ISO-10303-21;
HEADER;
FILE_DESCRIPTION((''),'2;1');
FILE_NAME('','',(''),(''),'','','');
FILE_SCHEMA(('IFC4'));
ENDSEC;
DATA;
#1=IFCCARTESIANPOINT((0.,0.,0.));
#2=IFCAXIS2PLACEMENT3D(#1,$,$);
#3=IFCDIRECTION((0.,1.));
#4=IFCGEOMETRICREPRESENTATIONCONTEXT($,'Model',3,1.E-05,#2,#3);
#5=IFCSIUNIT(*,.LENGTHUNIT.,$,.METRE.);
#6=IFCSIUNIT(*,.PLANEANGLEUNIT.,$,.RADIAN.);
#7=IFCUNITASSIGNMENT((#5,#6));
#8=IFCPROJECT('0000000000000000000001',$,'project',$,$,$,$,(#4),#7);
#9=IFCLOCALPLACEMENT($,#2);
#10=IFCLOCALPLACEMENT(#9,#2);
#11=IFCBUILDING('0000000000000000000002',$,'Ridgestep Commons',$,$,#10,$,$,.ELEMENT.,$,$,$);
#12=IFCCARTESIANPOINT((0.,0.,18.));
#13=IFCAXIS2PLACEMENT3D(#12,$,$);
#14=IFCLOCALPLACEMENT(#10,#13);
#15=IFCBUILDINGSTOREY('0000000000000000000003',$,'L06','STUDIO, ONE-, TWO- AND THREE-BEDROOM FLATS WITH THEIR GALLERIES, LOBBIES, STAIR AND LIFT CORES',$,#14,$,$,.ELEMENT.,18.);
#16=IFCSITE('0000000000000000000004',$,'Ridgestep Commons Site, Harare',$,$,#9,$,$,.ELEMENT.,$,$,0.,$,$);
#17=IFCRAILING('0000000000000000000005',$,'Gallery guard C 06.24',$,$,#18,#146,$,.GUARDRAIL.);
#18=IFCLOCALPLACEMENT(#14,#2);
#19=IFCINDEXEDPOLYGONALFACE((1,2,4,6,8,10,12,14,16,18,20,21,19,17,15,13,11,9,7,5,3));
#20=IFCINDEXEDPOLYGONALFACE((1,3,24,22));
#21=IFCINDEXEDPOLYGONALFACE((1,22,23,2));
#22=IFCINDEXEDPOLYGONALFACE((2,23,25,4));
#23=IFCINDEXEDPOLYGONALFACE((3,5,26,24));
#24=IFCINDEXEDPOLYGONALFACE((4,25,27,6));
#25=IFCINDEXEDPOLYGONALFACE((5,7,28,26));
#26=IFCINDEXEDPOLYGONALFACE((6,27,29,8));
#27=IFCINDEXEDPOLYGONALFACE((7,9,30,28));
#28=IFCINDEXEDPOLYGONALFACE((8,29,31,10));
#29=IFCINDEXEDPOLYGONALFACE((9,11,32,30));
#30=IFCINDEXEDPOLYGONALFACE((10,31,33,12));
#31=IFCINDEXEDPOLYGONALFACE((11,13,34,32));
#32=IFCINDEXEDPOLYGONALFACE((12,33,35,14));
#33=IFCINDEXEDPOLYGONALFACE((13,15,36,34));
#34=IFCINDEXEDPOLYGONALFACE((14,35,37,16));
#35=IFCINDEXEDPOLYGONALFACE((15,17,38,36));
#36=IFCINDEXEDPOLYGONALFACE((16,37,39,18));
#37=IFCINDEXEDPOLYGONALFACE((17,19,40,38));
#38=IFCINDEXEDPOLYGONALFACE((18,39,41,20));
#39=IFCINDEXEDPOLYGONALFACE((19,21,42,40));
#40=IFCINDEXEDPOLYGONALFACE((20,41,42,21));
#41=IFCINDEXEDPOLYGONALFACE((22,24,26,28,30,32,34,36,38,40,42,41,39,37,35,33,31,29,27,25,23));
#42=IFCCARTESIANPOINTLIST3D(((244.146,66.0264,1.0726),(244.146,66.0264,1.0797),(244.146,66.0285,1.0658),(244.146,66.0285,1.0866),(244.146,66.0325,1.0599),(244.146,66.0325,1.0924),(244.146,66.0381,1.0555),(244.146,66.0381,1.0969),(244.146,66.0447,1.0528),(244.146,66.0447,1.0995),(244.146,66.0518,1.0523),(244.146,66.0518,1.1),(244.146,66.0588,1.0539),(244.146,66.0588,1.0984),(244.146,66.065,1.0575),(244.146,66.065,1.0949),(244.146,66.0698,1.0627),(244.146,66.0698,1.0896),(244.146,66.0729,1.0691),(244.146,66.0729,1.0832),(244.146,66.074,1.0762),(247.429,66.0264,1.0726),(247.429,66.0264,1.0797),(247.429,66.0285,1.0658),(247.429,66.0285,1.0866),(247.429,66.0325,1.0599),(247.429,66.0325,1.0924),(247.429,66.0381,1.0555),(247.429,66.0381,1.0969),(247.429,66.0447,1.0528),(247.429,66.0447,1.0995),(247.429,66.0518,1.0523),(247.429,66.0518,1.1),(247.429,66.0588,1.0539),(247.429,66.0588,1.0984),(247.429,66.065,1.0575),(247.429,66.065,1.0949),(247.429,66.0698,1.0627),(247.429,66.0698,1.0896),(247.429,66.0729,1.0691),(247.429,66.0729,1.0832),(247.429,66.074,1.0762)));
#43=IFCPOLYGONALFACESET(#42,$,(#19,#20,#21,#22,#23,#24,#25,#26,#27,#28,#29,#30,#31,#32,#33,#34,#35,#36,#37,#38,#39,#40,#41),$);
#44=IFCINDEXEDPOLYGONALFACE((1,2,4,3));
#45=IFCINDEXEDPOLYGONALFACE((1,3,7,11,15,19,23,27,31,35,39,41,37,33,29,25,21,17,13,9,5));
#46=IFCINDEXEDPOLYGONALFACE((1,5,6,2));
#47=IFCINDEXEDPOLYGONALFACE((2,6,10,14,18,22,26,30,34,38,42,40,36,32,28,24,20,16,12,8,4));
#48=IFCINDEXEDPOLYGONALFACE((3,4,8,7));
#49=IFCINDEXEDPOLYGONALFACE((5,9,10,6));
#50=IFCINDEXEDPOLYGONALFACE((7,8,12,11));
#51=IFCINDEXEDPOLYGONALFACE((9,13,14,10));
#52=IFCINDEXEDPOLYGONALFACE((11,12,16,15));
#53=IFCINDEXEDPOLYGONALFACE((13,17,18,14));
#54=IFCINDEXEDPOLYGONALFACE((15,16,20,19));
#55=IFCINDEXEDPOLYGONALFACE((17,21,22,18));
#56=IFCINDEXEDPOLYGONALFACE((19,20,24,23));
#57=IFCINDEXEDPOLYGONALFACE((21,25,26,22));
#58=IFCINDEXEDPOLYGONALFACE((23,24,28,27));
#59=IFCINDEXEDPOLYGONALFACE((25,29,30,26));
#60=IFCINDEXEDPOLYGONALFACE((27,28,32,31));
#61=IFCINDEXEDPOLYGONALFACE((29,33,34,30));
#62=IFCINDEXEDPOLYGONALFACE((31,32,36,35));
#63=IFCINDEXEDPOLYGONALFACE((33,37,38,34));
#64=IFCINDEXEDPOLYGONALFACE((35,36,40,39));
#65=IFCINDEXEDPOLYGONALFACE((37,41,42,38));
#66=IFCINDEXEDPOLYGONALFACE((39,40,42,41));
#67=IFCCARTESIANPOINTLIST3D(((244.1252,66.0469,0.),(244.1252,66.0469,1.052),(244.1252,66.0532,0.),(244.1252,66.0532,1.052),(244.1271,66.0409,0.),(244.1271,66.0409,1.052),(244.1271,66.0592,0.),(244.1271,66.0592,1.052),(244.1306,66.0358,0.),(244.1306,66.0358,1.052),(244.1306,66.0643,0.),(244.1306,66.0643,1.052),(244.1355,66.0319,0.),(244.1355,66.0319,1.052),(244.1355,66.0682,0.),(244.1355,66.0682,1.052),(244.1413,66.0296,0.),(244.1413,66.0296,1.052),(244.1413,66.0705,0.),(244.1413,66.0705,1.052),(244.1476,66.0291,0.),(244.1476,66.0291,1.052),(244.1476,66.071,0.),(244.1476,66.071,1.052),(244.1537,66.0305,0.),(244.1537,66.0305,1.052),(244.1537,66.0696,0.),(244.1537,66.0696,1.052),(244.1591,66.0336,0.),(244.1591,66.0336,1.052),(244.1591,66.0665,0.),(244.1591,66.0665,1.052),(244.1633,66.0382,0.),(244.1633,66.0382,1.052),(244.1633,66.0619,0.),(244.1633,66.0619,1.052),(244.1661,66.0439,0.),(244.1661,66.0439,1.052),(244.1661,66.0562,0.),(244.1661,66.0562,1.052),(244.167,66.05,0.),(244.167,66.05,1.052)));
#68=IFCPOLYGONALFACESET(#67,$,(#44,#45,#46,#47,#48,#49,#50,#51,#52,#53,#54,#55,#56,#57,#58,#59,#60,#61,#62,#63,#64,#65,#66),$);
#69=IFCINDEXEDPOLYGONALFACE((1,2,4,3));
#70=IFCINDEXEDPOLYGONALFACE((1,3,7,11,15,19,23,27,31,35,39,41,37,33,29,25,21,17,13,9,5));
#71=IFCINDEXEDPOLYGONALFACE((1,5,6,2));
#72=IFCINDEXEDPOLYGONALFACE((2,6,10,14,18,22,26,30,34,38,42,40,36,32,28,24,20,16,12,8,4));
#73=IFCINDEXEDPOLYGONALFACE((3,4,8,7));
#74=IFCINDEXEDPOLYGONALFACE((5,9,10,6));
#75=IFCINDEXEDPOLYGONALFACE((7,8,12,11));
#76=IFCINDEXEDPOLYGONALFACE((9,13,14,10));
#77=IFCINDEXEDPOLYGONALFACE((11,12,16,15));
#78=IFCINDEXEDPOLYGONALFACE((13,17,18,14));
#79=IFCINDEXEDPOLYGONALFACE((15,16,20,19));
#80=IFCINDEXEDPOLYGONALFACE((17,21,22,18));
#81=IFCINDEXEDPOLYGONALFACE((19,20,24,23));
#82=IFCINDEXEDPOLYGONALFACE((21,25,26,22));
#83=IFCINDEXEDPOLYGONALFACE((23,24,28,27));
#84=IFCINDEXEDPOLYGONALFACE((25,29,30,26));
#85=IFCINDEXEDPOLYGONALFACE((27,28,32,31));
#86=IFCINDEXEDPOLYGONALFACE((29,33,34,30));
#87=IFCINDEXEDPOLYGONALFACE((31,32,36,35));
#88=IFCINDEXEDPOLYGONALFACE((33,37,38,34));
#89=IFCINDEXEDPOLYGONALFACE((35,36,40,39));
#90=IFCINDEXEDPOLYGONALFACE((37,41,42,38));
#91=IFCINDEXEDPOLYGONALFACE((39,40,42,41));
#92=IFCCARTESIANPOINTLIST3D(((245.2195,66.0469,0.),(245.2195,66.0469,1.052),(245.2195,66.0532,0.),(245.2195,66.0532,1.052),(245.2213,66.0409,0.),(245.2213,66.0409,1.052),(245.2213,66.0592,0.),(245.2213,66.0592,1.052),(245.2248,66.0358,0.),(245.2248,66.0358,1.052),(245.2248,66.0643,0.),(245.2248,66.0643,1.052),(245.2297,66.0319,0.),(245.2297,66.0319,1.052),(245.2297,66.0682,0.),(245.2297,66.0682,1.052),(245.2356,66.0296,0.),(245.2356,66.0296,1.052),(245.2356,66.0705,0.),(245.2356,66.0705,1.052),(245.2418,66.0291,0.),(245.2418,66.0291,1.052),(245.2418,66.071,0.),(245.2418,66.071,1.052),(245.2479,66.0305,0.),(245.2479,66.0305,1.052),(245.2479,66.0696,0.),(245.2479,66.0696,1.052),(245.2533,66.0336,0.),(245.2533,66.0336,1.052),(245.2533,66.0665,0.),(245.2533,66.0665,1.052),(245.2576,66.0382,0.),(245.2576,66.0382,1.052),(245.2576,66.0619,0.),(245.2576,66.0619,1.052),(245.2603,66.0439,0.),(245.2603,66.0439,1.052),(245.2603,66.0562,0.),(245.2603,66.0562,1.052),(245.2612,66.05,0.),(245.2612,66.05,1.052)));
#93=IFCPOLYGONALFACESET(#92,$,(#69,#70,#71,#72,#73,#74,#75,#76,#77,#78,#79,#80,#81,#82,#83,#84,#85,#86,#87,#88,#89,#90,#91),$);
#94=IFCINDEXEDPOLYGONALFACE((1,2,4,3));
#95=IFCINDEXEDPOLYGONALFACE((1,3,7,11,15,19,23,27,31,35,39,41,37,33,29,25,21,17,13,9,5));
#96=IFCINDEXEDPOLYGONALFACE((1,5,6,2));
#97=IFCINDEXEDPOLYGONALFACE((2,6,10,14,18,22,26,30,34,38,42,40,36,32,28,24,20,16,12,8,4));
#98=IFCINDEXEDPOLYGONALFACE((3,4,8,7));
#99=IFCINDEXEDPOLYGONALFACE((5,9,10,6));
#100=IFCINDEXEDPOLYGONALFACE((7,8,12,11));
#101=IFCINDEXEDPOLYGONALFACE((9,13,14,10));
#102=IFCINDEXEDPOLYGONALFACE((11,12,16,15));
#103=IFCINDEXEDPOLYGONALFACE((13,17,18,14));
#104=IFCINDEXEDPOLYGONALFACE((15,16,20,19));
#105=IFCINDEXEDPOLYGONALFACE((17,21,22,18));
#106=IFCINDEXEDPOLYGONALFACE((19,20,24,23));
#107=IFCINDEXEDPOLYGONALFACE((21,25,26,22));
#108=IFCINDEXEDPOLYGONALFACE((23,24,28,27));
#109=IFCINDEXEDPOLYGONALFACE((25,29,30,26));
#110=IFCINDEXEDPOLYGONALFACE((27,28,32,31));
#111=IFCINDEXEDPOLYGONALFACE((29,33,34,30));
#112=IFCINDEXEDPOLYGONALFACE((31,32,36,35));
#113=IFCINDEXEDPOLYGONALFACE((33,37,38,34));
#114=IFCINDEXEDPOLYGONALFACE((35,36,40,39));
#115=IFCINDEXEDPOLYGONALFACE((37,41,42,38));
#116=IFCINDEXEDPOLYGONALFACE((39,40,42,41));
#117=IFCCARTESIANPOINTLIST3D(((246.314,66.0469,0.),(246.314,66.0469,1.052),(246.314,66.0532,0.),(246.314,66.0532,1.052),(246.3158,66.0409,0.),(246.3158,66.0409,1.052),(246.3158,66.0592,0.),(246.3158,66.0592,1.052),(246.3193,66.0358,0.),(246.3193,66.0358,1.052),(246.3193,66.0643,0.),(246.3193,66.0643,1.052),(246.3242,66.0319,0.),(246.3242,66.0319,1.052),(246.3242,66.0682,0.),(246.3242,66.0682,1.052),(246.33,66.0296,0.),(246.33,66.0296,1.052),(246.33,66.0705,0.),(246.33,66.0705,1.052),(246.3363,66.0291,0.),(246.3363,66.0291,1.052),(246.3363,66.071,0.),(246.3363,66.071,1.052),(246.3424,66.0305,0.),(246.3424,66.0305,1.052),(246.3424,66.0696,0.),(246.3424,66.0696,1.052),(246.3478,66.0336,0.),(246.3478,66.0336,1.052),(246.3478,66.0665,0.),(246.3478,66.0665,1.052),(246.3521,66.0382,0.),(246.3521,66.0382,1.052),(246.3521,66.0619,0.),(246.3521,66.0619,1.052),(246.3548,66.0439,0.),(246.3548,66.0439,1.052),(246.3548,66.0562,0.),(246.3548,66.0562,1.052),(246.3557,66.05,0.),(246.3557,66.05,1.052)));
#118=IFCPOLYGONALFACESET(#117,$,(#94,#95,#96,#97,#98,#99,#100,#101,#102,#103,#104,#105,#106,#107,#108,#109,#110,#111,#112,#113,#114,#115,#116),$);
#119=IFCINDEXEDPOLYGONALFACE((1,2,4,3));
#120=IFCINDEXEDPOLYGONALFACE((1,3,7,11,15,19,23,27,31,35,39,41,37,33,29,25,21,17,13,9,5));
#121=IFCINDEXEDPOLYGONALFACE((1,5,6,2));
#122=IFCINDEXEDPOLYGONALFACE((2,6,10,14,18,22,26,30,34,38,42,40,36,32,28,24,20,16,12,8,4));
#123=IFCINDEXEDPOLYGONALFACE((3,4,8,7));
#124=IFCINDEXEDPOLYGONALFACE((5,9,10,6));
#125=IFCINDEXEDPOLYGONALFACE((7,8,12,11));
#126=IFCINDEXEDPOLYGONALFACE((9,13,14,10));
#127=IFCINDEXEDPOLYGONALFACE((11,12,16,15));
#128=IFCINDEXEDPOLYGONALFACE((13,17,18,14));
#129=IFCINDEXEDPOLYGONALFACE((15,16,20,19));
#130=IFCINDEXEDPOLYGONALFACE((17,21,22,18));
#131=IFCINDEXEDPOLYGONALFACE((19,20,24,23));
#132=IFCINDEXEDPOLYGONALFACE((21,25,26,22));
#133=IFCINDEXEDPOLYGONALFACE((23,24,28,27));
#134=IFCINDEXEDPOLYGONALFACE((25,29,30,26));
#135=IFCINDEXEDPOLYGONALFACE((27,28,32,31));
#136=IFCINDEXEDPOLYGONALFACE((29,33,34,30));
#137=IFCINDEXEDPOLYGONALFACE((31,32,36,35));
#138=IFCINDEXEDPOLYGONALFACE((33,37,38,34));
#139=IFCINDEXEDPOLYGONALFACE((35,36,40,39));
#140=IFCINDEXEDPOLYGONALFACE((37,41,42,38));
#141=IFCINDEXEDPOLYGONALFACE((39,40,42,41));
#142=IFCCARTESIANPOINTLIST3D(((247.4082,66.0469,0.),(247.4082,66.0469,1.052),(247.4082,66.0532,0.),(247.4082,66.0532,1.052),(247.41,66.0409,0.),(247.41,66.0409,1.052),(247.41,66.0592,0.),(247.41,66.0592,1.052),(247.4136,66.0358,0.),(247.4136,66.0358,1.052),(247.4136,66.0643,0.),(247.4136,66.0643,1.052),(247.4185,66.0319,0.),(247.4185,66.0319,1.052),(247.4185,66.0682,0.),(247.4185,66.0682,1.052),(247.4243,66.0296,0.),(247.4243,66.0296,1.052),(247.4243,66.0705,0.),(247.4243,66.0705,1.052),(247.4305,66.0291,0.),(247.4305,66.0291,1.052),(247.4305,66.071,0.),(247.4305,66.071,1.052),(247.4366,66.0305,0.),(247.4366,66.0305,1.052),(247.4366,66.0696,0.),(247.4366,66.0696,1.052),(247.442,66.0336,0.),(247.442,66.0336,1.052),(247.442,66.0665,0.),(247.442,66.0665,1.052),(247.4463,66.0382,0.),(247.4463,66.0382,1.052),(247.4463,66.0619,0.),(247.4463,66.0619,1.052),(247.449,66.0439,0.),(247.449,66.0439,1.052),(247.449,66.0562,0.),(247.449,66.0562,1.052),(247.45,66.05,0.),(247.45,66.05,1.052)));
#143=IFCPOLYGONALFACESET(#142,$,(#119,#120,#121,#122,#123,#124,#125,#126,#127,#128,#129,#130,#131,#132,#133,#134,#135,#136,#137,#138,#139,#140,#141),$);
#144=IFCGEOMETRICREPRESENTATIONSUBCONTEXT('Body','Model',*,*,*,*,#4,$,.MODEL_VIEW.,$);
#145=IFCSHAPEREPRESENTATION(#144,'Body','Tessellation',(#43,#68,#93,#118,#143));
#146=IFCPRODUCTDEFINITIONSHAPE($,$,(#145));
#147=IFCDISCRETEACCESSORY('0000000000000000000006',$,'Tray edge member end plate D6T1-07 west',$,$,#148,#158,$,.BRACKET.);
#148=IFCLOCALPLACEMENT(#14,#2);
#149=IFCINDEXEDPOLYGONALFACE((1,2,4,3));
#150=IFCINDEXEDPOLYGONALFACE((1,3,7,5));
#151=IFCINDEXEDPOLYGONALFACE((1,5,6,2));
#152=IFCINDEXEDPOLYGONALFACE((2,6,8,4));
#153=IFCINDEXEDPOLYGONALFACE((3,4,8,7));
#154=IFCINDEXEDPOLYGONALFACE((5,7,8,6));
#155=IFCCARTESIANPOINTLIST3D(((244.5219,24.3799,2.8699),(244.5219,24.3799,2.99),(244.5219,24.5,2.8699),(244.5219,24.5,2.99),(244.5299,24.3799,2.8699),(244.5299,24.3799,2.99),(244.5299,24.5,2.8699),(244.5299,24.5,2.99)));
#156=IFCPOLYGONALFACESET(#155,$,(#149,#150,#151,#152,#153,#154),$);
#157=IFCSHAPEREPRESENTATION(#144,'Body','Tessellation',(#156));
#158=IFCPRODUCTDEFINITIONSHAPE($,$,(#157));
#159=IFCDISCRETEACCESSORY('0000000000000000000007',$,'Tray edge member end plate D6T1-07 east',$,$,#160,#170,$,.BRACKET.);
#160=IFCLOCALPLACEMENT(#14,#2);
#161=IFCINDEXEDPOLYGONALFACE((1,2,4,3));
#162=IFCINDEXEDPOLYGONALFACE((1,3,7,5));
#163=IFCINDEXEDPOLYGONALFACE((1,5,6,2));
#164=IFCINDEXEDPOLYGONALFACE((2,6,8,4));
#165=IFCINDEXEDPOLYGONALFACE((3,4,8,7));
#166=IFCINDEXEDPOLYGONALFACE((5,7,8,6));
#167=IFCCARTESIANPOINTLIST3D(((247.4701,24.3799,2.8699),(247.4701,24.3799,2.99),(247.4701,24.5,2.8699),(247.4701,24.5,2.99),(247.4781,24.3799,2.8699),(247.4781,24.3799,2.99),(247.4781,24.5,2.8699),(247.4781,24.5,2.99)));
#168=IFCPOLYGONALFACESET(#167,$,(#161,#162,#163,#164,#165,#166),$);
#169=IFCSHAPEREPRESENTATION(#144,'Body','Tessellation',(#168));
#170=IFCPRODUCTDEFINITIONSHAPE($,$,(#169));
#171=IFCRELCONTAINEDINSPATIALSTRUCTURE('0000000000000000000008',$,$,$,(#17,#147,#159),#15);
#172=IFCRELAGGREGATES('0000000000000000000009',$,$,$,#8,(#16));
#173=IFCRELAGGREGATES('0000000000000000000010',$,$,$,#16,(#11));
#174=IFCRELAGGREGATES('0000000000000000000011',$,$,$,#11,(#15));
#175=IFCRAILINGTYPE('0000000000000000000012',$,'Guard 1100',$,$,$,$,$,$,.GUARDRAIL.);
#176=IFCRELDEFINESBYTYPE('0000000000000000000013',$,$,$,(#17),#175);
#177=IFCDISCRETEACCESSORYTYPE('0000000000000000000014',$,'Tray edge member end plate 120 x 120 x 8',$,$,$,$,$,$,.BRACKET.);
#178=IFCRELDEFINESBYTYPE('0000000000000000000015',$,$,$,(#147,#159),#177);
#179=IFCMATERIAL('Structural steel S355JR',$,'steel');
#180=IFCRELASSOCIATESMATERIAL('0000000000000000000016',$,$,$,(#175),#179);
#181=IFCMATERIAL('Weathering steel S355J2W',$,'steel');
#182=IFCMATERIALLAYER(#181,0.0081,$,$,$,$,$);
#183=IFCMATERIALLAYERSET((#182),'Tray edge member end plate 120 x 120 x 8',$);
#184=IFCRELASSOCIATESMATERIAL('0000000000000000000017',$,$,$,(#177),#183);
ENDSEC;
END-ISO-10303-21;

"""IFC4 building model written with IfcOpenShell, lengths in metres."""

from ifc_helpers import new_model, si_unit, direction, frame, origin, origin_2d, place, context, subcontext, project, spatial, rectangle, circle, extrude, material, layer, layer_set, type_object, element, save


model = new_model("IFC4")

# Units and contexts
model_context = context("Model", 3, precision=1e-05, world=origin(), true_north=direction((0.0, 1.0)))
body_context = subcontext(model_context, "Body", "Model", "MODEL_VIEW")
ifc_project = project(units=[si_unit("LENGTHUNIT", "METRE"), si_unit("PLANEANGLEUNIT", "RADIAN")], contexts=[model_context])

# Site, building, storey
site_placement = place(None, origin())
site = spatial("IfcSite", under=ifc_project, at=site_placement, Name="Ridgestep Commons Site, Harare", CompositionType="ELEMENT", RefElevation=0.0)
building_placement = place(site_placement, origin())
building = spatial("IfcBuilding", under=site, at=building_placement, Name="Ridgestep Commons", CompositionType="ELEMENT")
storey_placement = place(building_placement, frame((0.0, 0.0, 18.0)))
storey = spatial("IfcBuildingStorey", under=building, at=storey_placement, Name="L06", Description="STUDIO, ONE-, TWO- AND THREE-BEDROOM FLATS WITH THEIR GALLERIES, LOBBIES, STAIR AND LIFT CORES", CompositionType="ELEMENT", Elevation=18.0)

# Railing
ifc_material_1 = material(Name="Structural steel S355JR", Category="steel")
railing_type_1 = type_object("IfcRailingType", Name="Guard 1100", PredefinedType="GUARDRAIL", material=ifc_material_1)
railing_1_placement = place(storey_placement, frame((244.146, 66.05, 0.0)))
element("IfcRailing", 1, at=railing_1_placement, inside=storey, type_object=railing_type_1, Name="Gallery guard C 06.24", PredefinedType="GUARDRAIL", context=body_context, shape_type="SweptSolid", body=[
    extrude(circle(Radius=0.0239, at=origin_2d()), frame((0.0, 0.0, 1.0762), z_axis=(1.0, 0.0, 0.0), x_axis=(0.0, 1.0, 0.0)), (0.0, 0.0, 1.0), 3.283),
    extrude(circle(Radius=0.021, at=origin_2d()), origin(), (0.0, 0.0, 1.0), 1.052),
    extrude(circle(Radius=0.021, at=origin_2d()), frame((1.0942, 0.0, 0.0)), (0.0, 0.0, 1.0), 1.052),
    extrude(circle(Radius=0.021, at=origin_2d()), frame((2.1887, 0.0, 0.0)), (0.0, 0.0, 1.0), 1.052),
    extrude(circle(Radius=0.021, at=origin_2d()), frame((3.283, 0.0, 0.0)), (0.0, 0.0, 1.0), 1.052),
])

# Discrete accessories
ifc_material_2 = material(Name="Weathering steel S355J2W", Category="steel")
ifc_layer_1 = layer(ifc_material_2, 0.0081)
ifc_layer_set_1 = layer_set([ifc_layer_1], Name="Tray edge member end plate 120 x 120 x 8")
discrete_accessory_type = type_object("IfcDiscreteAccessoryType", Name="Tray edge member end plate 120 x 120 x 8", PredefinedType="BRACKET", material=ifc_layer_set_1)
for number, where, z_axis, x_axis, name in (
    (2, (244.5259, 24.4399, 2.8699), (0.0, 0.0, 1.0), (1.0, 0.0, 0.0), "Tray edge member end plate D6T1-07 west"),
    (3, (247.4741, 24.4399, 2.8699), (0.0, 0.0, 1.0), (1.0, 0.0, 0.0), "Tray edge member end plate D6T1-07 east"),
):
    element("IfcDiscreteAccessory", number, at=place(storey_placement, frame(where, z_axis=z_axis, x_axis=x_axis)), inside=storey, type_object=discrete_accessory_type, Name=name, PredefinedType="BRACKET", context=body_context, shape_type="SweptSolid", body=[
        extrude(rectangle(XDim=0.0081, YDim=0.1201, at=origin_2d()), origin(), (0.0, 0.0, 1.0), 0.1201),
    ])

save(model, "model.ifc")
